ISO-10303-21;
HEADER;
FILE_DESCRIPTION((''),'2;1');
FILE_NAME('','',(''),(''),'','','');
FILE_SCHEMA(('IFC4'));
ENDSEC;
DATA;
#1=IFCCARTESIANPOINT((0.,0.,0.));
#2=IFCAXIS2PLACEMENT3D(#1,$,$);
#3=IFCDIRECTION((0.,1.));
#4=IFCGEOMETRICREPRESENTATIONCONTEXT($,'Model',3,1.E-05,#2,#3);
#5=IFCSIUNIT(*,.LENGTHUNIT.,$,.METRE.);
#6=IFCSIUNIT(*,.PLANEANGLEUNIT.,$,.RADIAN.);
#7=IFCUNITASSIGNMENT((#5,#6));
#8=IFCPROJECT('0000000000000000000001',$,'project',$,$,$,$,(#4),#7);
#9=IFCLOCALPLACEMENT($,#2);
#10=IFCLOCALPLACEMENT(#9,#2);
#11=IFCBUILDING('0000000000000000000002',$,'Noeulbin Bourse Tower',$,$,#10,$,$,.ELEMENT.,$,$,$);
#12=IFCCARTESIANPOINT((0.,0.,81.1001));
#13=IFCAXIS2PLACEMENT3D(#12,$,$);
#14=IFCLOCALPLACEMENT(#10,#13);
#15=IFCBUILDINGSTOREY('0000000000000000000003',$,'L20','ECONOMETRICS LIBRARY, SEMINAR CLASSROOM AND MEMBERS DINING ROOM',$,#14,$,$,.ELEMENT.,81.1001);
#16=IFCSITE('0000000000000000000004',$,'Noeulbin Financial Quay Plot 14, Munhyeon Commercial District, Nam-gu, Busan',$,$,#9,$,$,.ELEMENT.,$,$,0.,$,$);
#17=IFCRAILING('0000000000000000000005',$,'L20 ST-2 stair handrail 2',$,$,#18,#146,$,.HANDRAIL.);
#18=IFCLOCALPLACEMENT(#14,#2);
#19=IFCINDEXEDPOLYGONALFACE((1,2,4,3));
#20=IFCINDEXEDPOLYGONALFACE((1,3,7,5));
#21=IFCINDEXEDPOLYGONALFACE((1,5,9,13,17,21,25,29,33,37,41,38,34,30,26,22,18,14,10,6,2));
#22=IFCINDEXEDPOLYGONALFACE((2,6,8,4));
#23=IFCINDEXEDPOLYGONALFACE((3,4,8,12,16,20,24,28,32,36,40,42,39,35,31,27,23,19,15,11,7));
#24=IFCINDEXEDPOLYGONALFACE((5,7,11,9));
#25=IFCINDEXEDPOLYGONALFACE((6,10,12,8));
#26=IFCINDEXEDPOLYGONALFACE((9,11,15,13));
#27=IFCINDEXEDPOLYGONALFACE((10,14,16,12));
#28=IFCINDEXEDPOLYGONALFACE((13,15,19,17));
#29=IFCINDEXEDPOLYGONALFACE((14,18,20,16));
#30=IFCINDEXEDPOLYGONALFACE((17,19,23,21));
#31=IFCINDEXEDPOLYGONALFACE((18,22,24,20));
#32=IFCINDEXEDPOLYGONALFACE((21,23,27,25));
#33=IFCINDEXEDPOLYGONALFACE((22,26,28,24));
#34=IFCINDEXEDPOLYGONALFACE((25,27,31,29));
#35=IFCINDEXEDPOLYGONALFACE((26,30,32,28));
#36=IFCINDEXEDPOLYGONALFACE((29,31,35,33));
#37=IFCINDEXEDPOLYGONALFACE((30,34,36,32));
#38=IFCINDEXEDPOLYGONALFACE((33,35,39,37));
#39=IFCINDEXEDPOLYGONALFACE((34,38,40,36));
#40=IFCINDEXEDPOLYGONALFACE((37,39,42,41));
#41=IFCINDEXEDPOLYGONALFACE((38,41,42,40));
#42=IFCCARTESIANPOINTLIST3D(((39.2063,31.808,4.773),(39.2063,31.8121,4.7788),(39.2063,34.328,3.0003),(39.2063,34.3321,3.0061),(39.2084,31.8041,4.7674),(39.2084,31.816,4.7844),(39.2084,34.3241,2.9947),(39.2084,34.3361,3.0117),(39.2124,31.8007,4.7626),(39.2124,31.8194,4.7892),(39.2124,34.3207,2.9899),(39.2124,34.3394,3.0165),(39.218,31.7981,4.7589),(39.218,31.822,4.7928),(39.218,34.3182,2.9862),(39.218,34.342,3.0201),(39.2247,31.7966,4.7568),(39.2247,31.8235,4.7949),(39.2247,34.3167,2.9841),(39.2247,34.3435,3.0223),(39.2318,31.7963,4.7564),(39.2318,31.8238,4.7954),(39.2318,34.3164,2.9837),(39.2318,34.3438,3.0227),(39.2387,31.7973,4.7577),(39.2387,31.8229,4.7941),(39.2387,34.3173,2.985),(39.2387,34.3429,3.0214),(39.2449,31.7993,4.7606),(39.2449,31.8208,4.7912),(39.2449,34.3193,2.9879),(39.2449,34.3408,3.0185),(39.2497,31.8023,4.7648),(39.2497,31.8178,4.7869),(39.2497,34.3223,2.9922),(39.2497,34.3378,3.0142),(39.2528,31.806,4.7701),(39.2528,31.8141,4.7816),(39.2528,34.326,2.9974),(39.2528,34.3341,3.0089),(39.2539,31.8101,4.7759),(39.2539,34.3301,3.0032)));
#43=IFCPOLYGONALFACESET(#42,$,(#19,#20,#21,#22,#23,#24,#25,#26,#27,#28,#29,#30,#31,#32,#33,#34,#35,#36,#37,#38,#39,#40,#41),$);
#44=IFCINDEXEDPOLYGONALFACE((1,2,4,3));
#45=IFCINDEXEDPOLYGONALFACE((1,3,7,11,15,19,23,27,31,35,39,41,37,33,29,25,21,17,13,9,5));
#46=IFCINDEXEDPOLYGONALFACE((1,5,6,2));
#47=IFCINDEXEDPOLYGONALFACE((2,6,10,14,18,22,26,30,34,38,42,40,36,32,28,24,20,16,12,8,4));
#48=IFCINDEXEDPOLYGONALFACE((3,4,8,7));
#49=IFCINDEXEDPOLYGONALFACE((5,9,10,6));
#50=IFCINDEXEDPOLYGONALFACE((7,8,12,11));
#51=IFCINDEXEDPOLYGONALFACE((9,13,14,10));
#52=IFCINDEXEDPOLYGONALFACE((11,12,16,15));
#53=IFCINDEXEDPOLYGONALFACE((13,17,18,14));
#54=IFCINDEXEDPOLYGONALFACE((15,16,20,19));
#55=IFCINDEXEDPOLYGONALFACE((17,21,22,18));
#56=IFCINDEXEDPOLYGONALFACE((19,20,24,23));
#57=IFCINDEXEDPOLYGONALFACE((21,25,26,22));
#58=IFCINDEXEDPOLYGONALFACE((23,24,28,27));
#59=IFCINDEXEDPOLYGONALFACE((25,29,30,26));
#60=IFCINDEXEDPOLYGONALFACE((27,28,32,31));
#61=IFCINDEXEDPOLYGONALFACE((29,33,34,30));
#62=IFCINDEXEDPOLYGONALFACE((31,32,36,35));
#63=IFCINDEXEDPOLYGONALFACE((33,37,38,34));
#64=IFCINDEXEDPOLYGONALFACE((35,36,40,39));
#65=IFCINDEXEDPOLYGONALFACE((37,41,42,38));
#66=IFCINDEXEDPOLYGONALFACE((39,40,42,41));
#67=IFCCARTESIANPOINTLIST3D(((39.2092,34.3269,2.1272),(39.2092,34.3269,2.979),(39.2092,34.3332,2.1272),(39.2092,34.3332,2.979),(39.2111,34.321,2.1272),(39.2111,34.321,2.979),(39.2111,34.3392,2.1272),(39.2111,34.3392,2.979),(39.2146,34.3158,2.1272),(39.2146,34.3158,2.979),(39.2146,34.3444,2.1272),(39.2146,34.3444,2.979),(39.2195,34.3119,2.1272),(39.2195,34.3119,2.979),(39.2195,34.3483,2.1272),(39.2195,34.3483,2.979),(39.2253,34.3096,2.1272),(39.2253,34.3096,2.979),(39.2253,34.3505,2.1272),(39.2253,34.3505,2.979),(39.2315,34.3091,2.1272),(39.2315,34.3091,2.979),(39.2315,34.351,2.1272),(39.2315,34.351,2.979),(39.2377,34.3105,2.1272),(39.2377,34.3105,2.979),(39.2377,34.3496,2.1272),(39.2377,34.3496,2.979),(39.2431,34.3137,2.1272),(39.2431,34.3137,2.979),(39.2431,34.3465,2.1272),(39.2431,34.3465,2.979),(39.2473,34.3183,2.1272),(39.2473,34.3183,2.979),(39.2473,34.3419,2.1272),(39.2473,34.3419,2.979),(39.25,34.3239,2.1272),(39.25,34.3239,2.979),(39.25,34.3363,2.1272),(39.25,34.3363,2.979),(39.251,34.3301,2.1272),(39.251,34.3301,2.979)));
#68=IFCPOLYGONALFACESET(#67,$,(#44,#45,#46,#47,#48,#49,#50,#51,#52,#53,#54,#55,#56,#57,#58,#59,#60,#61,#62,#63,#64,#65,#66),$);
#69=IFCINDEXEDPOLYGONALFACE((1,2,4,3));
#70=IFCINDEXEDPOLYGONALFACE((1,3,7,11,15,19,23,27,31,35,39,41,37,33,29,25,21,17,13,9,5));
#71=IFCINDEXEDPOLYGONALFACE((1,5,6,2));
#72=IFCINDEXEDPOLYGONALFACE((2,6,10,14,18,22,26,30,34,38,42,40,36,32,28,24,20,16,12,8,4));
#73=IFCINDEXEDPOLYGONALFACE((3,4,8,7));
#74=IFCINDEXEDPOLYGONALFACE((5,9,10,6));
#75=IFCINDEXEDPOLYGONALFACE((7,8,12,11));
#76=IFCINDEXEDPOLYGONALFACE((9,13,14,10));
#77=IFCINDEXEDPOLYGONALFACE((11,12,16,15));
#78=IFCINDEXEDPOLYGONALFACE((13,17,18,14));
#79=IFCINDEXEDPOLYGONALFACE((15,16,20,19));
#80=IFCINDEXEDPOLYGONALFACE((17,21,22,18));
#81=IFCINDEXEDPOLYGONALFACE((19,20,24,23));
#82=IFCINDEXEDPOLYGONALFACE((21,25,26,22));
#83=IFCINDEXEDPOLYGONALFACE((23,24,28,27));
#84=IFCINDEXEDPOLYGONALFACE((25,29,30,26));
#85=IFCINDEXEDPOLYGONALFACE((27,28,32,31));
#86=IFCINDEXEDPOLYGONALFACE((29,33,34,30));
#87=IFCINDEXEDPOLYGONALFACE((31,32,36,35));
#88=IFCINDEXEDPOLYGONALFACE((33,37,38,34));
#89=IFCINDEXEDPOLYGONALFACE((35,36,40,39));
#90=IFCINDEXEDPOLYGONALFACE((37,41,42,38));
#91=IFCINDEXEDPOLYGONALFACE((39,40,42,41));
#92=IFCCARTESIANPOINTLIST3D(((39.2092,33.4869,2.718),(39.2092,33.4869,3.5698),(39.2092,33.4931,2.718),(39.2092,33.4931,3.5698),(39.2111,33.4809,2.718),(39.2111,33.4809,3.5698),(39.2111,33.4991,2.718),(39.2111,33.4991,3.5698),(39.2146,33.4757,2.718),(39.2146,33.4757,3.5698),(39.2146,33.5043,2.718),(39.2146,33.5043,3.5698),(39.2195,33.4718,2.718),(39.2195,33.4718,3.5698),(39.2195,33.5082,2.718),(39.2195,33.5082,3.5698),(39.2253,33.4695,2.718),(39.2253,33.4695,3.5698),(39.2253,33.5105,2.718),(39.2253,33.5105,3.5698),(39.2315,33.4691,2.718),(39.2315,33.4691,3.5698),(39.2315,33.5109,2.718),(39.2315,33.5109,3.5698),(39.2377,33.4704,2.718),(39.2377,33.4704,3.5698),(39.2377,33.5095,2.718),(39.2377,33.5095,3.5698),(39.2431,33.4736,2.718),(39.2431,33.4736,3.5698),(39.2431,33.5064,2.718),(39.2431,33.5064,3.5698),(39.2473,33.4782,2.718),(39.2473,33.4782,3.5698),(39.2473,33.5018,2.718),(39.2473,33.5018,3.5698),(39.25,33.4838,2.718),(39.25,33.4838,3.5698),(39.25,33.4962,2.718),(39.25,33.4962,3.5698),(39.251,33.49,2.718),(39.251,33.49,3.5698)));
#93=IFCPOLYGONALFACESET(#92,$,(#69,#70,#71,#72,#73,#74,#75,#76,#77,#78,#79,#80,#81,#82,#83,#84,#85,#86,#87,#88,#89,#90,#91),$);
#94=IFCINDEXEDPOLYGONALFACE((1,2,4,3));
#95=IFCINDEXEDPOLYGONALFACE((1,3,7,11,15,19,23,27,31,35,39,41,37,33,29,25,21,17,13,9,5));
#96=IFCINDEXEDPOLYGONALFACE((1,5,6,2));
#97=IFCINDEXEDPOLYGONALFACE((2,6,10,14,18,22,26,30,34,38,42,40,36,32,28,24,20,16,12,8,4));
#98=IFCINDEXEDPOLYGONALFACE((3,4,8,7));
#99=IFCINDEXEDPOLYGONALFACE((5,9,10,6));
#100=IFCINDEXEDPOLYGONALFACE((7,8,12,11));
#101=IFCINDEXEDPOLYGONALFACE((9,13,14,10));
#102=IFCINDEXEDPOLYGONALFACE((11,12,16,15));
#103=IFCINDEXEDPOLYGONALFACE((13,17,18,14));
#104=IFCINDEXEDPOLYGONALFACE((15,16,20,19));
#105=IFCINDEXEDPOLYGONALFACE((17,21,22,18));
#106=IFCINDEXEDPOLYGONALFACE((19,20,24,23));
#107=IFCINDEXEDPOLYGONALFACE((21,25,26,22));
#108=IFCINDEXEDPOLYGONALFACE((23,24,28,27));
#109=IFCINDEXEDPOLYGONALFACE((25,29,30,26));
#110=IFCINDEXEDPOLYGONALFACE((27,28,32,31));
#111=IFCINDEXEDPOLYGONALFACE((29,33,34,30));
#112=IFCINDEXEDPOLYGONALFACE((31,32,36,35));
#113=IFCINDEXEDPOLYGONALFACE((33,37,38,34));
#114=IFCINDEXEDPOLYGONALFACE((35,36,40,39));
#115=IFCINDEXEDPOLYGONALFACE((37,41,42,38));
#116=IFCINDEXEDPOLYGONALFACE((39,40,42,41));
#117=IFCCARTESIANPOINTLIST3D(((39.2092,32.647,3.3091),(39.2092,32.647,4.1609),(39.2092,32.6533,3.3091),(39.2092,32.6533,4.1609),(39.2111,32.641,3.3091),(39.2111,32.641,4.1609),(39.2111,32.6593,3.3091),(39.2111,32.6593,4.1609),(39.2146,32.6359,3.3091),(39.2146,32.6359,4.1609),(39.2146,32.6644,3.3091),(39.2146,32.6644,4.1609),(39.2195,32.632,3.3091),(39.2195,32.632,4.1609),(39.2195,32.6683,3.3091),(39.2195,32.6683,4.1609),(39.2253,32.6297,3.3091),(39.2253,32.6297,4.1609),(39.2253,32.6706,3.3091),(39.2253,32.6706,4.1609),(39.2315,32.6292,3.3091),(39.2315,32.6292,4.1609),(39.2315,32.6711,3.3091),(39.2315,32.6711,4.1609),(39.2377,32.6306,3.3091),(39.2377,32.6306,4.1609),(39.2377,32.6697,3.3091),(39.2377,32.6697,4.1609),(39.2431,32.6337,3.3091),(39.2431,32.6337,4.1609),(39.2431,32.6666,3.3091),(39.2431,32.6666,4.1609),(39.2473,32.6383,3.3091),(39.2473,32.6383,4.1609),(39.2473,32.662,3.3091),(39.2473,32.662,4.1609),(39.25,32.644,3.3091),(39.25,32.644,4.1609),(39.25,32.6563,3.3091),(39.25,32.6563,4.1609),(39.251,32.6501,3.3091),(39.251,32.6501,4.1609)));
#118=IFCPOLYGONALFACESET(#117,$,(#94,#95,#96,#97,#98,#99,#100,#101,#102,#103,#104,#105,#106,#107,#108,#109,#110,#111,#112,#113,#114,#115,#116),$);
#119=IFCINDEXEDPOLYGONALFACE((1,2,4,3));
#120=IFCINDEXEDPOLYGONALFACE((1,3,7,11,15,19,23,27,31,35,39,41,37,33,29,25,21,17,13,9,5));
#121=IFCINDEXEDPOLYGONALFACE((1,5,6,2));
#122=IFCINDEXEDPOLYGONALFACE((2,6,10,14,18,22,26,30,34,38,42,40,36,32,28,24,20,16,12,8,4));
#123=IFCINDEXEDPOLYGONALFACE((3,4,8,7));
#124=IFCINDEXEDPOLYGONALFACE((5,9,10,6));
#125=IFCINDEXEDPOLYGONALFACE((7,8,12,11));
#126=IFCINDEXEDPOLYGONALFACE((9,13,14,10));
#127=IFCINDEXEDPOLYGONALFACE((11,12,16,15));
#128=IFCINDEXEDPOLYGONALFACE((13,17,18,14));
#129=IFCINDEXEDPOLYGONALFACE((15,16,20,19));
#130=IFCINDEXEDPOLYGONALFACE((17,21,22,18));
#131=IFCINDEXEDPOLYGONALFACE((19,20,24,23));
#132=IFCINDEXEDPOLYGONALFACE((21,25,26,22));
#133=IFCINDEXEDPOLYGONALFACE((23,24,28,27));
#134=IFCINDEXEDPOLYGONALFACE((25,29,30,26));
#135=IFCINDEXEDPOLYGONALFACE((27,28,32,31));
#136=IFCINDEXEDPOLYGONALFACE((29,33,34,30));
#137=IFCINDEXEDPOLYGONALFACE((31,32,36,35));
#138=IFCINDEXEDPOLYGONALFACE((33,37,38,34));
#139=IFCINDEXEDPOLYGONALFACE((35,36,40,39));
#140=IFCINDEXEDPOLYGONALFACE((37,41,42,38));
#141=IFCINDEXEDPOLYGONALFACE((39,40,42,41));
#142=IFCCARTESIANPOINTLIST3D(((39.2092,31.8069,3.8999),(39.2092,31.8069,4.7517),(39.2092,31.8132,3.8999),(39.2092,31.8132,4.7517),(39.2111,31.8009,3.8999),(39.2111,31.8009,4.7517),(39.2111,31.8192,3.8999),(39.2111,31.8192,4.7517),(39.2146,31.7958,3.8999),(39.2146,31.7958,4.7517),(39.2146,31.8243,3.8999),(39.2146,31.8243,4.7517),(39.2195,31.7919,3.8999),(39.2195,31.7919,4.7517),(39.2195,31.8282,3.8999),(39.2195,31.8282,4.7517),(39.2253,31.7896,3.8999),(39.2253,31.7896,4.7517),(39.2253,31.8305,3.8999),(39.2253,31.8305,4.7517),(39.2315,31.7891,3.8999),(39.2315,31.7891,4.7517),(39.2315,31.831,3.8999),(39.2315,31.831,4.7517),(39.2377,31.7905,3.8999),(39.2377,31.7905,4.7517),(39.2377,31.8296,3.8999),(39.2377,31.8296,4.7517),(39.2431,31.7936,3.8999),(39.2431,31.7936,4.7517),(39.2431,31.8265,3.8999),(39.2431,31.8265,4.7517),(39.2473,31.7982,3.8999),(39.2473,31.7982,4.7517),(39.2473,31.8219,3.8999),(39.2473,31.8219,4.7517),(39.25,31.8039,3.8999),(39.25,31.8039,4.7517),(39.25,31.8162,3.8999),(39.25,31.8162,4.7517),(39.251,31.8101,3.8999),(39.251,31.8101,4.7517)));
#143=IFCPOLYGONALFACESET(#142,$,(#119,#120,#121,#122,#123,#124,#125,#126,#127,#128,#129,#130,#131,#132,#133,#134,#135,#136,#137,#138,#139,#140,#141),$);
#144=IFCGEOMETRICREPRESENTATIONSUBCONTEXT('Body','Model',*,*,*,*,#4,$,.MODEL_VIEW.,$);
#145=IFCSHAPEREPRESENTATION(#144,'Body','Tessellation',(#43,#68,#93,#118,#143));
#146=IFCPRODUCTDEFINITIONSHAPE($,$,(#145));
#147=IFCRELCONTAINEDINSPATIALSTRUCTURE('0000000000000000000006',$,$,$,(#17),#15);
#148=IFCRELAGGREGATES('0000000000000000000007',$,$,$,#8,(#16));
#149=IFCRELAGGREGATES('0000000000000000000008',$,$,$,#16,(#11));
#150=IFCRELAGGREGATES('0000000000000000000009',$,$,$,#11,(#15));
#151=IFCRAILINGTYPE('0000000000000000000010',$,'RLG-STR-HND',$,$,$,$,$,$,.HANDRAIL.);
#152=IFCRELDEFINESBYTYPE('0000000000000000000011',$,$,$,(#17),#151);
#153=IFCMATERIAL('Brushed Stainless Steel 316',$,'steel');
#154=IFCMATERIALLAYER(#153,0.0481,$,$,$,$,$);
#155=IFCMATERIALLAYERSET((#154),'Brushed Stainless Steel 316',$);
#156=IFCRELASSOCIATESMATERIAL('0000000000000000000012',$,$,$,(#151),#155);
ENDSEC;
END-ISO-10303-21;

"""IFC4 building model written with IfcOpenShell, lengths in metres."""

from ifc_helpers import new_model, si_unit, direction, frame, origin, origin_2d, place, context, subcontext, project, spatial, circle, extrude, material, layer, layer_set, type_object, element, save


model = new_model("IFC4")

# Units and contexts
model_context = context("Model", 3, precision=1e-05, world=origin(), true_north=direction((0.0, 1.0)))
body_context = subcontext(model_context, "Body", "Model", "MODEL_VIEW")
ifc_project = project(units=[si_unit("LENGTHUNIT", "METRE"), si_unit("PLANEANGLEUNIT", "RADIAN")], contexts=[model_context])

# Site, building, storey
site_placement = place(None, origin())
site = spatial("IfcSite", under=ifc_project, at=site_placement, Name="Noeulbin Financial Quay Plot 14, Munhyeon Commercial District, Nam-gu, Busan", CompositionType="ELEMENT", RefElevation=0.0)
building_placement = place(site_placement, origin())
building = spatial("IfcBuilding", under=site, at=building_placement, Name="Noeulbin Bourse Tower", CompositionType="ELEMENT")
storey_placement = place(building_placement, frame((0.0, 0.0, 81.1001)))
storey = spatial("IfcBuildingStorey", under=building, at=storey_placement, Name="L20", Description="ECONOMETRICS LIBRARY, SEMINAR CLASSROOM AND MEMBERS DINING ROOM", CompositionType="ELEMENT", Elevation=81.1001)

# Shared definitions
ifc_material_1 = material(Name="Brushed Stainless Steel 316", Category="steel")

# Railing
ifc_layer_1 = layer(ifc_material_1, 0.0481)
ifc_layer_set_1 = layer_set([ifc_layer_1], Name="Brushed Stainless Steel 316")
railing_type_1 = type_object("IfcRailingType", Name="RLG-STR-HND", PredefinedType="HANDRAIL", material=ifc_layer_set_1)
railing_1_placement = place(storey_placement, frame((39.23, 34.3301, 2.1272)))
element("IfcRailing", 1, at=railing_1_placement, inside=storey, type_object=railing_type_1, Name="L20 ST-2 stair handrail 2", PredefinedType="HANDRAIL", context=body_context, shape_type="SweptSolid", body=[
    extrude(circle(Radius=0.0239, at=origin_2d()), frame((0.0, 0.0, 0.876), z_axis=(0.0, -0.817904, 0.575354), x_axis=(1.0, 0.0, 0.0)), (0.0, 0.0, 1.0), 3.0811),
    extrude(circle(Radius=0.021, at=origin_2d()), origin(), (0.0, 0.0, 1.0), 0.8518),
    extrude(circle(Radius=0.021, at=origin_2d()), frame((0.0, -0.8401, 0.5908)), (0.0, 0.0, 1.0), 0.8518),
    extrude(circle(Radius=0.021, at=origin_2d()), frame((0.0, -1.6799, 1.1819)), (0.0, 0.0, 1.0), 0.8518),
    extrude(circle(Radius=0.021, at=origin_2d()), frame((0.0, -2.52, 1.7727)), (0.0, 0.0, 1.0), 0.8518),
])

save(model, "model.ifc")
